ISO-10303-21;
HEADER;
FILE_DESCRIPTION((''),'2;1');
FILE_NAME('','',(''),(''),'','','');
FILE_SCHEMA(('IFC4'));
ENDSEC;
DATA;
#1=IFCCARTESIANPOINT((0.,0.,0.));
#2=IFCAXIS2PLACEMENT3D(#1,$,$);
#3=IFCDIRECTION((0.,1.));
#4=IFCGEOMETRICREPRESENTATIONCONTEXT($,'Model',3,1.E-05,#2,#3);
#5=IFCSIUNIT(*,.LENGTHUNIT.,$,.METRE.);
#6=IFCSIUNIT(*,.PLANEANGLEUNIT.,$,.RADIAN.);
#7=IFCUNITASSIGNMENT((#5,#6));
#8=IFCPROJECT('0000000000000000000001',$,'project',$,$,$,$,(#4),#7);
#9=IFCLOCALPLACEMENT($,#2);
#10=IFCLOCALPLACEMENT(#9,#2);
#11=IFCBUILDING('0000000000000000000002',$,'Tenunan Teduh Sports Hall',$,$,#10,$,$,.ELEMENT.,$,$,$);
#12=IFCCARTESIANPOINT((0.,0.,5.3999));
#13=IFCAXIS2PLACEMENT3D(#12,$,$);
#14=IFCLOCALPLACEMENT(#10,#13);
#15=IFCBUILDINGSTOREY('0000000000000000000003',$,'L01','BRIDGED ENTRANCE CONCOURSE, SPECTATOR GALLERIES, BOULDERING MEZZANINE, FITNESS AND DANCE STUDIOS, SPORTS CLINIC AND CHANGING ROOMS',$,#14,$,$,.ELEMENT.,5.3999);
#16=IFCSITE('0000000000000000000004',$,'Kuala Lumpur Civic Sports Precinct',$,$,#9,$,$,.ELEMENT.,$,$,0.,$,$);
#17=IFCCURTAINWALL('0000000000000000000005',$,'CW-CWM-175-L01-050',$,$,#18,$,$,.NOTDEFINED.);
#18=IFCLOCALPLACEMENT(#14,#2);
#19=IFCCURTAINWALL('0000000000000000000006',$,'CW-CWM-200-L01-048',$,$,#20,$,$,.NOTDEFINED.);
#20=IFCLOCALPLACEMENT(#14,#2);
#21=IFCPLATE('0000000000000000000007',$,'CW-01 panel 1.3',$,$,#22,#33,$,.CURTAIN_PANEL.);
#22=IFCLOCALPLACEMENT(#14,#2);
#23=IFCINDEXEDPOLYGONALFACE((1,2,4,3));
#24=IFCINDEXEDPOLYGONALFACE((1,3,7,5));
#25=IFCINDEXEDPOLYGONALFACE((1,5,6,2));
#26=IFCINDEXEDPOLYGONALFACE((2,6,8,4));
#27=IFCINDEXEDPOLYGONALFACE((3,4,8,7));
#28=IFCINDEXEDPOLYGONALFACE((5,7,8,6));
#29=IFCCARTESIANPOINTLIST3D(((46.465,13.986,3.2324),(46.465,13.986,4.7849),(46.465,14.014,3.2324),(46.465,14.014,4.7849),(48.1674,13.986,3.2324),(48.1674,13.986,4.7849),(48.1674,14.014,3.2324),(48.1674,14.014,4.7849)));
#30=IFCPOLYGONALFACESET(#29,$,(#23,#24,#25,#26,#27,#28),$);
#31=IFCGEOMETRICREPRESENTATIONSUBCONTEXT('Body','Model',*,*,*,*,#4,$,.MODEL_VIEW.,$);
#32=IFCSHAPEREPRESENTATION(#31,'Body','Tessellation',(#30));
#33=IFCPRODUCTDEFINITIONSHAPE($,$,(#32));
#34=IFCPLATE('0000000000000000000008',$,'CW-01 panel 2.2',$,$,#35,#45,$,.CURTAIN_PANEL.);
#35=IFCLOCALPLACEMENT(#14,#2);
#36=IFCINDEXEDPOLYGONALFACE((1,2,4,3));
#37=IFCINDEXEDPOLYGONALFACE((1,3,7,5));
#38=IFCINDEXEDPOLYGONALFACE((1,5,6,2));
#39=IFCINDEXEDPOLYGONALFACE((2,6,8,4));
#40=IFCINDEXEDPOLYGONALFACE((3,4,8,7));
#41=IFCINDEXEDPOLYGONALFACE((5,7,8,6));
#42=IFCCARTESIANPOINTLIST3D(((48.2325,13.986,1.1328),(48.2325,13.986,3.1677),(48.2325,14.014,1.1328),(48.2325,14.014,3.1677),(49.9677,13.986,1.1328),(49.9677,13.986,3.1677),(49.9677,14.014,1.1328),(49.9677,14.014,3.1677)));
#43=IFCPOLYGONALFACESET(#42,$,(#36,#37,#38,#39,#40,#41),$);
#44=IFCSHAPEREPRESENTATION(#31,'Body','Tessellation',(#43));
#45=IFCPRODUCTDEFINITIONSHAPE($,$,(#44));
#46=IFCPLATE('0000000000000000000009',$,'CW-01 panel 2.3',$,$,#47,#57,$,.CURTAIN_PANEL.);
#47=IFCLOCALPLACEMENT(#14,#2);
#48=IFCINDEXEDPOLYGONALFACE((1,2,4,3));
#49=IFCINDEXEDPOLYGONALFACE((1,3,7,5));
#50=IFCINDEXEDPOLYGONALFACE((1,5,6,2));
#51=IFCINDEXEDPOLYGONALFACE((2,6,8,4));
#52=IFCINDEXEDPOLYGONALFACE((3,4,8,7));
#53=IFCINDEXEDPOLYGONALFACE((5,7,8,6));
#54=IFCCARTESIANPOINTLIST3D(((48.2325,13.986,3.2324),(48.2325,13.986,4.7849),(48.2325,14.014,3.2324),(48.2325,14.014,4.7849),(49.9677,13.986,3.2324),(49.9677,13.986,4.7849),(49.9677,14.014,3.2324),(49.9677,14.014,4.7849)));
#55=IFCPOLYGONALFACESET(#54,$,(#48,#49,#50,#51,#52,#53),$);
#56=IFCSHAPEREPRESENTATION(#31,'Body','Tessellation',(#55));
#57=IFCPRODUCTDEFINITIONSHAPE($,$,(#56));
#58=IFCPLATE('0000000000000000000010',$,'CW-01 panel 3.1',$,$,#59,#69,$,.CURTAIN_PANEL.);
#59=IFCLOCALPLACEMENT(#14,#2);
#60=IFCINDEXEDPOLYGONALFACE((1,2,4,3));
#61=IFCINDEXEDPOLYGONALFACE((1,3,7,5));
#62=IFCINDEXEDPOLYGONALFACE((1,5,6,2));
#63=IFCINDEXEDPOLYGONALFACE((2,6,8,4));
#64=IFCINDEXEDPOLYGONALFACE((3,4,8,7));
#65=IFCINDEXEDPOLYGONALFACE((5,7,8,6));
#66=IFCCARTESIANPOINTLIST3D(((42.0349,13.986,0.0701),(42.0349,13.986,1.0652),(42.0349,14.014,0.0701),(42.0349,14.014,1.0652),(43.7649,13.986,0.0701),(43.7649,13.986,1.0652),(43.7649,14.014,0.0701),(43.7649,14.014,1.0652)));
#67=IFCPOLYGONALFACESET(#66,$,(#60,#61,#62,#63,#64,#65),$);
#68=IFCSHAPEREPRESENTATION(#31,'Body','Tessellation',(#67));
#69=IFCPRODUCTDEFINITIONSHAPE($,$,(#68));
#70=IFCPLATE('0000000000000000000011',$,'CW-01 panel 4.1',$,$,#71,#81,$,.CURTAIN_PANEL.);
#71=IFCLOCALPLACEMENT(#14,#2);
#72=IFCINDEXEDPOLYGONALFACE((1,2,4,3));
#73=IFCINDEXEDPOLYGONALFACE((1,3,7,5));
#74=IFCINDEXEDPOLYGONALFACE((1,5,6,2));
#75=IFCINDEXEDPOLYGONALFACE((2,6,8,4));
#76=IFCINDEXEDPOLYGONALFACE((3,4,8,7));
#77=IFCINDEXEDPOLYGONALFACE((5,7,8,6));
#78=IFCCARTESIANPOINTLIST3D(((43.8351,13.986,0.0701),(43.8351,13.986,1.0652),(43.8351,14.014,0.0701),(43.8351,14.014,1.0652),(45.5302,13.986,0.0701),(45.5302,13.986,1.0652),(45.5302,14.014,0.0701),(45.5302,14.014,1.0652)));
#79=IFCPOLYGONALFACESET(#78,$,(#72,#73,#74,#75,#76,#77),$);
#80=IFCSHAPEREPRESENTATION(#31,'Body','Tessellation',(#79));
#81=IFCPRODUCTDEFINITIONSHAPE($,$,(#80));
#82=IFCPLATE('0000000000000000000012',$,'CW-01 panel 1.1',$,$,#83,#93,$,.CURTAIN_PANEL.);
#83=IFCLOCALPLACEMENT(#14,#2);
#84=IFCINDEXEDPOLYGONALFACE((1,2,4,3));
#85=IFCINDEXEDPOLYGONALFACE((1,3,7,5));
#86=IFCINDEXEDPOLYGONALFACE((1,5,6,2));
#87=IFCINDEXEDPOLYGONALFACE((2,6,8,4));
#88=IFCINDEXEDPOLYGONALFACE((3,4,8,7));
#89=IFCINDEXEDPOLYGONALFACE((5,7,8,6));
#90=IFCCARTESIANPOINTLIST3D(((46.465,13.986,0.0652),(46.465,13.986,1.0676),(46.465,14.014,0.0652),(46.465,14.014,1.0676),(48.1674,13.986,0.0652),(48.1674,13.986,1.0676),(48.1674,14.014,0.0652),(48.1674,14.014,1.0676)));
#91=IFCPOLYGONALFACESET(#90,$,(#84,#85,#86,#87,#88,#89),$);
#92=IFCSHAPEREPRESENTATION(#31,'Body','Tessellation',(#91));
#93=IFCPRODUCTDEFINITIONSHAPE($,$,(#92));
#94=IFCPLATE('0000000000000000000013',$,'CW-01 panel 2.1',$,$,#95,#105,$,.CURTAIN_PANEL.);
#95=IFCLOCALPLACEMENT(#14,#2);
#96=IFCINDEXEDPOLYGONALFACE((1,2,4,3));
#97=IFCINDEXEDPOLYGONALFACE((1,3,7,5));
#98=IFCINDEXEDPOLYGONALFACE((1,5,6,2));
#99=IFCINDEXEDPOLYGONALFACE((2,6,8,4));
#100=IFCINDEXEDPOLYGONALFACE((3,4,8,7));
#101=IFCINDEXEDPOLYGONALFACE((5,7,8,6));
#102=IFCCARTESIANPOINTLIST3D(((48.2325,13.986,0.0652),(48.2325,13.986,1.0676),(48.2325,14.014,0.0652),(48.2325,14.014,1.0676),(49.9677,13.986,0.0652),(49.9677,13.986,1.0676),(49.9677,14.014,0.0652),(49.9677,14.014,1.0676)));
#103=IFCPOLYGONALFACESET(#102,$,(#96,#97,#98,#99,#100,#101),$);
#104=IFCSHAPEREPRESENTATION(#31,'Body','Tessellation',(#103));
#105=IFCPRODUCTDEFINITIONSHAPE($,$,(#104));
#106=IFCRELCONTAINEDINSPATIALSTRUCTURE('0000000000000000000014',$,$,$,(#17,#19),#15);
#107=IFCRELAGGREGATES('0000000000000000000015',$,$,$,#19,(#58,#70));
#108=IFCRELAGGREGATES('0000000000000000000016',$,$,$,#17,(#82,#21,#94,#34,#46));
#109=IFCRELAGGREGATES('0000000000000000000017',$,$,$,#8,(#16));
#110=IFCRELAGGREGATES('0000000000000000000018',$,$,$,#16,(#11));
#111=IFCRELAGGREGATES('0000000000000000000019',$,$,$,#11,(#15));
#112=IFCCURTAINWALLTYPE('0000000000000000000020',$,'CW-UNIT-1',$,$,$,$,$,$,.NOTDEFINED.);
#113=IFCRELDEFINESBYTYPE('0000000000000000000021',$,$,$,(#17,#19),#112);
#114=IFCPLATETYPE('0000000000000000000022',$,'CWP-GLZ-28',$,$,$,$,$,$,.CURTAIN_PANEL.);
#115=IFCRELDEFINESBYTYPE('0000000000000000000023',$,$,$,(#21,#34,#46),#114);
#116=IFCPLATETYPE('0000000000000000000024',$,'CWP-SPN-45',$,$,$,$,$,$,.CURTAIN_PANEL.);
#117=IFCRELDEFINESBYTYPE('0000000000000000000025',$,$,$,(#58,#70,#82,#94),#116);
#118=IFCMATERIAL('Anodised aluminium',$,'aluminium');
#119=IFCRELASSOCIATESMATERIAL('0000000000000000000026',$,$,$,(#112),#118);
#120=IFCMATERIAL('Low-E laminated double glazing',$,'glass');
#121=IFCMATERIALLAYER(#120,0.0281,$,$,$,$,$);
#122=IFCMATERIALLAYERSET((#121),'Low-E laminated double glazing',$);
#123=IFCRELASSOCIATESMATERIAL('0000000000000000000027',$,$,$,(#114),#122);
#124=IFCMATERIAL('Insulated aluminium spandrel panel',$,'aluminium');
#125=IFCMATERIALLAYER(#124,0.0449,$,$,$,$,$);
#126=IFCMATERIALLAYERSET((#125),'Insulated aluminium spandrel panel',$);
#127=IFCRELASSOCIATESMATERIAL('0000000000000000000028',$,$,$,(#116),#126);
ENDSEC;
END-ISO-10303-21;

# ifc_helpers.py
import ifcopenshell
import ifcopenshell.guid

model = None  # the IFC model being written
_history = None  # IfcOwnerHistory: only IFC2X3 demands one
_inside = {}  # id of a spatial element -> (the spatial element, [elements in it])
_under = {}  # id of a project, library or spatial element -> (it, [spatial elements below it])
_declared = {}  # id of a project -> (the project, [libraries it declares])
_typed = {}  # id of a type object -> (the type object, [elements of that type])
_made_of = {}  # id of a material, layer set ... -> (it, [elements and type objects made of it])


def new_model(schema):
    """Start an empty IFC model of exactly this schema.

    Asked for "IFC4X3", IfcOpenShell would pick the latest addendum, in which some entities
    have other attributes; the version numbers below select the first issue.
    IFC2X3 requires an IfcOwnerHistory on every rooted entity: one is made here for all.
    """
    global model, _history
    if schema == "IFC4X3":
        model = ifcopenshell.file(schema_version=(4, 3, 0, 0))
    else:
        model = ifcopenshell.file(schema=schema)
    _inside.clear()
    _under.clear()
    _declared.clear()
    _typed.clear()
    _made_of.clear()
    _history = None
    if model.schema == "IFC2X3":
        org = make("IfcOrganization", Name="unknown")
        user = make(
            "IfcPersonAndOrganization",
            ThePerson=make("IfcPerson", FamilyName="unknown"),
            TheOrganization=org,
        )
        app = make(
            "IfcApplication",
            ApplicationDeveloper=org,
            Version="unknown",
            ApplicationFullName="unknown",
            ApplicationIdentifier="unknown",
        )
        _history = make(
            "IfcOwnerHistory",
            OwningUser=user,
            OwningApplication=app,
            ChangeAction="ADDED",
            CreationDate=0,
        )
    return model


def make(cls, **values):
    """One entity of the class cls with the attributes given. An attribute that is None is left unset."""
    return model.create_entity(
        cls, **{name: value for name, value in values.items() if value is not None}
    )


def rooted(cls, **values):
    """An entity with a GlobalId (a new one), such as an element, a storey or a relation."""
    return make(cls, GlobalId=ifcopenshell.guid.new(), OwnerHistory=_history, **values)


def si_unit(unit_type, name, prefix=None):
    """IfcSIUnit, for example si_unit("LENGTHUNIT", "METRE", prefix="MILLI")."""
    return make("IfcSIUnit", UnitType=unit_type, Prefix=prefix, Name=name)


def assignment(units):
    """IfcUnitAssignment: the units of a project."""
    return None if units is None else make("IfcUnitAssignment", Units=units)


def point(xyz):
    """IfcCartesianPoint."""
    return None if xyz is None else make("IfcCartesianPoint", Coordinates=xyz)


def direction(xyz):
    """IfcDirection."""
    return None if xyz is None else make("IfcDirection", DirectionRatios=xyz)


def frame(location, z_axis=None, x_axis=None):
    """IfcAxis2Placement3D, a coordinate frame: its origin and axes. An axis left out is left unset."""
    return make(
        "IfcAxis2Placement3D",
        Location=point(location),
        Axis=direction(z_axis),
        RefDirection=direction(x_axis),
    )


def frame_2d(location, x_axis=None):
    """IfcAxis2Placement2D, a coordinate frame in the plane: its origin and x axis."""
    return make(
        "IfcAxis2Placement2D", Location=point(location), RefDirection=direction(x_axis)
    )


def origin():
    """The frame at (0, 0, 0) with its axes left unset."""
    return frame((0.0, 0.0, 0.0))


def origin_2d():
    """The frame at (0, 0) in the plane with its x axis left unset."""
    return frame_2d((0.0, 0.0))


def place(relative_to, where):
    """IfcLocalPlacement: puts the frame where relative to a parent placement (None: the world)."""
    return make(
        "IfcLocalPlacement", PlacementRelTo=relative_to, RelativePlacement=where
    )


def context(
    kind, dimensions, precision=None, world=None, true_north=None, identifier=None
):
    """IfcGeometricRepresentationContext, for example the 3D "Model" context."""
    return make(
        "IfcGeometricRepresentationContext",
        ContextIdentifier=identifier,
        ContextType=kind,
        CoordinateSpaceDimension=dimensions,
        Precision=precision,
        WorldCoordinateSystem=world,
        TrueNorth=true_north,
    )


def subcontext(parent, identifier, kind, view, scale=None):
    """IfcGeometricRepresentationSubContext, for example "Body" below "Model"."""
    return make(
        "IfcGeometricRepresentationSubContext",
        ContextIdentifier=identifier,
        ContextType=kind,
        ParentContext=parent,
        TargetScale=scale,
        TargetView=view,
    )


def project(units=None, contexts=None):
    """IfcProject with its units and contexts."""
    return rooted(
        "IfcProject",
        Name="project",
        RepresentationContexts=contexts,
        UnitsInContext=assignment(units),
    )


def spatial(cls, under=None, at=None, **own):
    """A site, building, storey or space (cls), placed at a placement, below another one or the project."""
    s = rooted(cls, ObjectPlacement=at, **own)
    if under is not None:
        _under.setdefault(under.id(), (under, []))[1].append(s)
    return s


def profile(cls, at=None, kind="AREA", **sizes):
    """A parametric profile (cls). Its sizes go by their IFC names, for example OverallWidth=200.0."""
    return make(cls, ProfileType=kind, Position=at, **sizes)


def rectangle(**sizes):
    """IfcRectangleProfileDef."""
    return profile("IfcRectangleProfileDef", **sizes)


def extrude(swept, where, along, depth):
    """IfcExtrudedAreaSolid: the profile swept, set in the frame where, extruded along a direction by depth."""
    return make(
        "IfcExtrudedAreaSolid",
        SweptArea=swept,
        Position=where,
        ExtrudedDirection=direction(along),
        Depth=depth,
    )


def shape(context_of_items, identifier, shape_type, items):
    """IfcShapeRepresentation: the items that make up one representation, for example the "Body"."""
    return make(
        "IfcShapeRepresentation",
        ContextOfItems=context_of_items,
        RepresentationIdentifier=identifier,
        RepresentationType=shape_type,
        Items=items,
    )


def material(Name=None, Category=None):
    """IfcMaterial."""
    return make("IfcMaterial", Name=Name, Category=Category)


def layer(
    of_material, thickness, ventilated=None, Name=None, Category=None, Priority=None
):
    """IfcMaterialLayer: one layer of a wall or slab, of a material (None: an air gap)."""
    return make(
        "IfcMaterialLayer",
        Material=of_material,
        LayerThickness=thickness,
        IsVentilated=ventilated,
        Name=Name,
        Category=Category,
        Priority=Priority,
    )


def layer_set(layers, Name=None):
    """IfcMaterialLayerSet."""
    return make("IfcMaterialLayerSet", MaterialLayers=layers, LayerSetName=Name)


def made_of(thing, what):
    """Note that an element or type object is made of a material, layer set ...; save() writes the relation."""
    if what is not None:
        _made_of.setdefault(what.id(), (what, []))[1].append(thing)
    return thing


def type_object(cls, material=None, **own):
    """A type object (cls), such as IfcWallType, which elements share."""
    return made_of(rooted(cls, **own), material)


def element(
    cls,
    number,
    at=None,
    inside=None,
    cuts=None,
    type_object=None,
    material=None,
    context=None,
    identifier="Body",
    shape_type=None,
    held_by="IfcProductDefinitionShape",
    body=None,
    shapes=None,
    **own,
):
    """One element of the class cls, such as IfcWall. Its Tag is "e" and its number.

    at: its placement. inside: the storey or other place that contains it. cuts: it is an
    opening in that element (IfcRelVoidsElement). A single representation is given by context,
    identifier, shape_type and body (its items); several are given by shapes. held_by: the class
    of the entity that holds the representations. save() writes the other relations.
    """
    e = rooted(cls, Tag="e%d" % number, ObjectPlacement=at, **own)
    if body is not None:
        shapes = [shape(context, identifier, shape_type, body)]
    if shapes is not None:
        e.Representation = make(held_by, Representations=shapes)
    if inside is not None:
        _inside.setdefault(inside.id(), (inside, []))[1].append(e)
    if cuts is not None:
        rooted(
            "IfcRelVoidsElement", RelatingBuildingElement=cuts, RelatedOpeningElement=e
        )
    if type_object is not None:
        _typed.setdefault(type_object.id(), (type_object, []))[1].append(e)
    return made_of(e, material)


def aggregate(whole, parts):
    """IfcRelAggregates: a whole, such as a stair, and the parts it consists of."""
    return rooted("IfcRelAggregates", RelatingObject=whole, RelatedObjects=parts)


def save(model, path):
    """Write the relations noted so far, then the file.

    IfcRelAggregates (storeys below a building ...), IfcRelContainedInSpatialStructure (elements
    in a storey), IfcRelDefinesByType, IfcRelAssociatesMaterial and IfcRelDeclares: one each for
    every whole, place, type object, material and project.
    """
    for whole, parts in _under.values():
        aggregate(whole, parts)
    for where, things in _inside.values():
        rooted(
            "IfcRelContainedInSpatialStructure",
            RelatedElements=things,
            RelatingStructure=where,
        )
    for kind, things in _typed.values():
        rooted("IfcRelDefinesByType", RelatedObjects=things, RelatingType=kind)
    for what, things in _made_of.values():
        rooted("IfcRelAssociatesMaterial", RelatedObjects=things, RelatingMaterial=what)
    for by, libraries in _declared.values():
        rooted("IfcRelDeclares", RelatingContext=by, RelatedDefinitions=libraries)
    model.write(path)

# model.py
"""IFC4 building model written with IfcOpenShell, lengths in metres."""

from ifc_helpers import new_model, si_unit, direction, frame, origin, origin_2d, place, context, subcontext, project, spatial, rectangle, extrude, material, layer, layer_set, type_object, element, aggregate, save


model = new_model("IFC4")

# Units and contexts
model_context = context("Model", 3, precision=1e-05, world=origin(), true_north=direction((0.0, 1.0)))
body_context = subcontext(model_context, "Body", "Model", "MODEL_VIEW")
ifc_project = project(units=[si_unit("LENGTHUNIT", "METRE"), si_unit("PLANEANGLEUNIT", "RADIAN")], contexts=[model_context])

# Site, building, storey
site_placement = place(None, origin())
site = spatial("IfcSite", under=ifc_project, at=site_placement, Name="Kuala Lumpur Civic Sports Precinct", CompositionType="ELEMENT", RefElevation=0.0)
building_placement = place(site_placement, origin())
building = spatial("IfcBuilding", under=site, at=building_placement, Name="Tenunan Teduh Sports Hall", CompositionType="ELEMENT")
storey_placement = place(building_placement, frame((0.0, 0.0, 5.3999)))
storey = spatial("IfcBuildingStorey", under=building, at=storey_placement, Name="L01", Description="BRIDGED ENTRANCE CONCOURSE, SPECTATOR GALLERIES, BOULDERING MEZZANINE, FITNESS AND DANCE STUDIOS, SPORTS CLINIC AND CHANGING ROOMS", CompositionType="ELEMENT", Elevation=5.3999)

# Curtain walls
ifc_material_1 = material(Name="Anodised aluminium", Category="aluminium")
curtain_wall_type = type_object("IfcCurtainWallType", Name="CW-UNIT-1", PredefinedType="NOTDEFINED", material=ifc_material_1)
curtain_wall_1_placement = place(storey_placement, origin())
curtain_wall_1 = element("IfcCurtainWall", 1, at=curtain_wall_1_placement, inside=storey, type_object=curtain_wall_type, Name="CW-CWM-175-L01-050", PredefinedType="NOTDEFINED")
curtain_wall_2_placement = place(storey_placement, origin())
curtain_wall_2 = element("IfcCurtainWall", 2, at=curtain_wall_2_placement, inside=storey, type_object=curtain_wall_type, Name="CW-CWM-200-L01-048", PredefinedType="NOTDEFINED")

# Plates
ifc_material_2 = material(Name="Low-E laminated double glazing", Category="glass")
ifc_layer_1 = layer(ifc_material_2, 0.0281)
ifc_layer_set_1 = layer_set([ifc_layer_1], Name="Low-E laminated double glazing")
plate_type_1 = type_object("IfcPlateType", Name="CWP-GLZ-28", PredefinedType="CURTAIN_PANEL", material=ifc_layer_set_1)
plate_1_placement = place(storey_placement, frame((47.3162, 14.0, 3.2324), z_axis=(0.0, 0.0, 1.0), x_axis=(1.0, 0.0, 0.0)))
plate_1 = element("IfcPlate", 3, at=plate_1_placement, type_object=plate_type_1, Name="CW-01 panel 1.3", PredefinedType="CURTAIN_PANEL", context=body_context, shape_type="SweptSolid", body=[
    extrude(rectangle(XDim=1.7024, YDim=0.0281, at=origin_2d()), origin(), (0.0, 0.0, 1.0), 1.5525),
])
plate_2_placement = place(storey_placement, frame((49.1001, 14.0, 1.1328), z_axis=(0.0, 0.0, 1.0), x_axis=(1.0, 0.0, 0.0)))
plate_2 = element("IfcPlate", 4, at=plate_2_placement, type_object=plate_type_1, Name="CW-01 panel 2.2", PredefinedType="CURTAIN_PANEL", context=body_context, shape_type="SweptSolid", body=[
    extrude(rectangle(XDim=1.7351, YDim=0.0281, at=origin_2d()), origin(), (0.0, 0.0, 1.0), 2.0349),
])
plate_3_placement = place(storey_placement, frame((49.1001, 14.0, 3.2324), z_axis=(0.0, 0.0, 1.0), x_axis=(1.0, 0.0, 0.0)))
plate_3 = element("IfcPlate", 5, at=plate_3_placement, type_object=plate_type_1, Name="CW-01 panel 2.3", PredefinedType="CURTAIN_PANEL", context=body_context, shape_type="SweptSolid", body=[
    extrude(rectangle(XDim=1.7351, YDim=0.0281, at=origin_2d()), origin(), (0.0, 0.0, 1.0), 1.5525),
])
ifc_material_3 = material(Name="Insulated aluminium spandrel panel", Category="aluminium")
ifc_layer_2 = layer(ifc_material_3, 0.0449)
ifc_layer_set_2 = layer_set([ifc_layer_2], Name="Insulated aluminium spandrel panel")
plate_type_2 = type_object("IfcPlateType", Name="CWP-SPN-45", PredefinedType="CURTAIN_PANEL", material=ifc_layer_set_2)
plate_4_placement = place(storey_placement, frame((42.8999, 14.0, 0.0701), z_axis=(0.0, 0.0, 1.0), x_axis=(1.0, 0.0, 0.0)))
plate_4 = element("IfcPlate", 6, at=plate_4_placement, type_object=plate_type_2, Name="CW-01 panel 3.1", PredefinedType="CURTAIN_PANEL", context=body_context, shape_type="SweptSolid", body=[
    extrude(rectangle(XDim=1.73, YDim=0.0281, at=origin_2d()), origin(), (0.0, 0.0, 1.0), 0.9951),
])
plate_5_placement = place(storey_placement, frame((44.6826, 14.0, 0.0701), z_axis=(0.0, 0.0, 1.0), x_axis=(1.0, 0.0, 0.0)))
plate_5 = element("IfcPlate", 7, at=plate_5_placement, type_object=plate_type_2, Name="CW-01 panel 4.1", PredefinedType="CURTAIN_PANEL", context=body_context, shape_type="SweptSolid", body=[
    extrude(rectangle(XDim=1.6951, YDim=0.0281, at=origin_2d()), origin(), (0.0, 0.0, 1.0), 0.9951),
])
aggregate(curtain_wall_2, [plate_4, plate_5])
plate_6_placement = place(storey_placement, frame((47.3162, 14.0, 0.0652), z_axis=(0.0, 0.0, 1.0), x_axis=(1.0, 0.0, 0.0)))
plate_6 = element("IfcPlate", 8, at=plate_6_placement, type_object=plate_type_2, Name="CW-01 panel 1.1", PredefinedType="CURTAIN_PANEL", context=body_context, shape_type="SweptSolid", body=[
    extrude(rectangle(XDim=1.7024, YDim=0.0281, at=origin_2d()), origin(), (0.0, 0.0, 1.0), 1.0024),
])
plate_7_placement = place(storey_placement, frame((49.1001, 14.0, 0.0652), z_axis=(0.0, 0.0, 1.0), x_axis=(1.0, 0.0, 0.0)))
plate_7 = element("IfcPlate", 9, at=plate_7_placement, type_object=plate_type_2, Name="CW-01 panel 2.1", PredefinedType="CURTAIN_PANEL", context=body_context, shape_type="SweptSolid", body=[
    extrude(rectangle(XDim=1.7351, YDim=0.0281, at=origin_2d()), origin(), (0.0, 0.0, 1.0), 1.0024),
])
aggregate(curtain_wall_1, [plate_6, plate_1, plate_7, plate_2, plate_3])

save(model, "model.ifc")
